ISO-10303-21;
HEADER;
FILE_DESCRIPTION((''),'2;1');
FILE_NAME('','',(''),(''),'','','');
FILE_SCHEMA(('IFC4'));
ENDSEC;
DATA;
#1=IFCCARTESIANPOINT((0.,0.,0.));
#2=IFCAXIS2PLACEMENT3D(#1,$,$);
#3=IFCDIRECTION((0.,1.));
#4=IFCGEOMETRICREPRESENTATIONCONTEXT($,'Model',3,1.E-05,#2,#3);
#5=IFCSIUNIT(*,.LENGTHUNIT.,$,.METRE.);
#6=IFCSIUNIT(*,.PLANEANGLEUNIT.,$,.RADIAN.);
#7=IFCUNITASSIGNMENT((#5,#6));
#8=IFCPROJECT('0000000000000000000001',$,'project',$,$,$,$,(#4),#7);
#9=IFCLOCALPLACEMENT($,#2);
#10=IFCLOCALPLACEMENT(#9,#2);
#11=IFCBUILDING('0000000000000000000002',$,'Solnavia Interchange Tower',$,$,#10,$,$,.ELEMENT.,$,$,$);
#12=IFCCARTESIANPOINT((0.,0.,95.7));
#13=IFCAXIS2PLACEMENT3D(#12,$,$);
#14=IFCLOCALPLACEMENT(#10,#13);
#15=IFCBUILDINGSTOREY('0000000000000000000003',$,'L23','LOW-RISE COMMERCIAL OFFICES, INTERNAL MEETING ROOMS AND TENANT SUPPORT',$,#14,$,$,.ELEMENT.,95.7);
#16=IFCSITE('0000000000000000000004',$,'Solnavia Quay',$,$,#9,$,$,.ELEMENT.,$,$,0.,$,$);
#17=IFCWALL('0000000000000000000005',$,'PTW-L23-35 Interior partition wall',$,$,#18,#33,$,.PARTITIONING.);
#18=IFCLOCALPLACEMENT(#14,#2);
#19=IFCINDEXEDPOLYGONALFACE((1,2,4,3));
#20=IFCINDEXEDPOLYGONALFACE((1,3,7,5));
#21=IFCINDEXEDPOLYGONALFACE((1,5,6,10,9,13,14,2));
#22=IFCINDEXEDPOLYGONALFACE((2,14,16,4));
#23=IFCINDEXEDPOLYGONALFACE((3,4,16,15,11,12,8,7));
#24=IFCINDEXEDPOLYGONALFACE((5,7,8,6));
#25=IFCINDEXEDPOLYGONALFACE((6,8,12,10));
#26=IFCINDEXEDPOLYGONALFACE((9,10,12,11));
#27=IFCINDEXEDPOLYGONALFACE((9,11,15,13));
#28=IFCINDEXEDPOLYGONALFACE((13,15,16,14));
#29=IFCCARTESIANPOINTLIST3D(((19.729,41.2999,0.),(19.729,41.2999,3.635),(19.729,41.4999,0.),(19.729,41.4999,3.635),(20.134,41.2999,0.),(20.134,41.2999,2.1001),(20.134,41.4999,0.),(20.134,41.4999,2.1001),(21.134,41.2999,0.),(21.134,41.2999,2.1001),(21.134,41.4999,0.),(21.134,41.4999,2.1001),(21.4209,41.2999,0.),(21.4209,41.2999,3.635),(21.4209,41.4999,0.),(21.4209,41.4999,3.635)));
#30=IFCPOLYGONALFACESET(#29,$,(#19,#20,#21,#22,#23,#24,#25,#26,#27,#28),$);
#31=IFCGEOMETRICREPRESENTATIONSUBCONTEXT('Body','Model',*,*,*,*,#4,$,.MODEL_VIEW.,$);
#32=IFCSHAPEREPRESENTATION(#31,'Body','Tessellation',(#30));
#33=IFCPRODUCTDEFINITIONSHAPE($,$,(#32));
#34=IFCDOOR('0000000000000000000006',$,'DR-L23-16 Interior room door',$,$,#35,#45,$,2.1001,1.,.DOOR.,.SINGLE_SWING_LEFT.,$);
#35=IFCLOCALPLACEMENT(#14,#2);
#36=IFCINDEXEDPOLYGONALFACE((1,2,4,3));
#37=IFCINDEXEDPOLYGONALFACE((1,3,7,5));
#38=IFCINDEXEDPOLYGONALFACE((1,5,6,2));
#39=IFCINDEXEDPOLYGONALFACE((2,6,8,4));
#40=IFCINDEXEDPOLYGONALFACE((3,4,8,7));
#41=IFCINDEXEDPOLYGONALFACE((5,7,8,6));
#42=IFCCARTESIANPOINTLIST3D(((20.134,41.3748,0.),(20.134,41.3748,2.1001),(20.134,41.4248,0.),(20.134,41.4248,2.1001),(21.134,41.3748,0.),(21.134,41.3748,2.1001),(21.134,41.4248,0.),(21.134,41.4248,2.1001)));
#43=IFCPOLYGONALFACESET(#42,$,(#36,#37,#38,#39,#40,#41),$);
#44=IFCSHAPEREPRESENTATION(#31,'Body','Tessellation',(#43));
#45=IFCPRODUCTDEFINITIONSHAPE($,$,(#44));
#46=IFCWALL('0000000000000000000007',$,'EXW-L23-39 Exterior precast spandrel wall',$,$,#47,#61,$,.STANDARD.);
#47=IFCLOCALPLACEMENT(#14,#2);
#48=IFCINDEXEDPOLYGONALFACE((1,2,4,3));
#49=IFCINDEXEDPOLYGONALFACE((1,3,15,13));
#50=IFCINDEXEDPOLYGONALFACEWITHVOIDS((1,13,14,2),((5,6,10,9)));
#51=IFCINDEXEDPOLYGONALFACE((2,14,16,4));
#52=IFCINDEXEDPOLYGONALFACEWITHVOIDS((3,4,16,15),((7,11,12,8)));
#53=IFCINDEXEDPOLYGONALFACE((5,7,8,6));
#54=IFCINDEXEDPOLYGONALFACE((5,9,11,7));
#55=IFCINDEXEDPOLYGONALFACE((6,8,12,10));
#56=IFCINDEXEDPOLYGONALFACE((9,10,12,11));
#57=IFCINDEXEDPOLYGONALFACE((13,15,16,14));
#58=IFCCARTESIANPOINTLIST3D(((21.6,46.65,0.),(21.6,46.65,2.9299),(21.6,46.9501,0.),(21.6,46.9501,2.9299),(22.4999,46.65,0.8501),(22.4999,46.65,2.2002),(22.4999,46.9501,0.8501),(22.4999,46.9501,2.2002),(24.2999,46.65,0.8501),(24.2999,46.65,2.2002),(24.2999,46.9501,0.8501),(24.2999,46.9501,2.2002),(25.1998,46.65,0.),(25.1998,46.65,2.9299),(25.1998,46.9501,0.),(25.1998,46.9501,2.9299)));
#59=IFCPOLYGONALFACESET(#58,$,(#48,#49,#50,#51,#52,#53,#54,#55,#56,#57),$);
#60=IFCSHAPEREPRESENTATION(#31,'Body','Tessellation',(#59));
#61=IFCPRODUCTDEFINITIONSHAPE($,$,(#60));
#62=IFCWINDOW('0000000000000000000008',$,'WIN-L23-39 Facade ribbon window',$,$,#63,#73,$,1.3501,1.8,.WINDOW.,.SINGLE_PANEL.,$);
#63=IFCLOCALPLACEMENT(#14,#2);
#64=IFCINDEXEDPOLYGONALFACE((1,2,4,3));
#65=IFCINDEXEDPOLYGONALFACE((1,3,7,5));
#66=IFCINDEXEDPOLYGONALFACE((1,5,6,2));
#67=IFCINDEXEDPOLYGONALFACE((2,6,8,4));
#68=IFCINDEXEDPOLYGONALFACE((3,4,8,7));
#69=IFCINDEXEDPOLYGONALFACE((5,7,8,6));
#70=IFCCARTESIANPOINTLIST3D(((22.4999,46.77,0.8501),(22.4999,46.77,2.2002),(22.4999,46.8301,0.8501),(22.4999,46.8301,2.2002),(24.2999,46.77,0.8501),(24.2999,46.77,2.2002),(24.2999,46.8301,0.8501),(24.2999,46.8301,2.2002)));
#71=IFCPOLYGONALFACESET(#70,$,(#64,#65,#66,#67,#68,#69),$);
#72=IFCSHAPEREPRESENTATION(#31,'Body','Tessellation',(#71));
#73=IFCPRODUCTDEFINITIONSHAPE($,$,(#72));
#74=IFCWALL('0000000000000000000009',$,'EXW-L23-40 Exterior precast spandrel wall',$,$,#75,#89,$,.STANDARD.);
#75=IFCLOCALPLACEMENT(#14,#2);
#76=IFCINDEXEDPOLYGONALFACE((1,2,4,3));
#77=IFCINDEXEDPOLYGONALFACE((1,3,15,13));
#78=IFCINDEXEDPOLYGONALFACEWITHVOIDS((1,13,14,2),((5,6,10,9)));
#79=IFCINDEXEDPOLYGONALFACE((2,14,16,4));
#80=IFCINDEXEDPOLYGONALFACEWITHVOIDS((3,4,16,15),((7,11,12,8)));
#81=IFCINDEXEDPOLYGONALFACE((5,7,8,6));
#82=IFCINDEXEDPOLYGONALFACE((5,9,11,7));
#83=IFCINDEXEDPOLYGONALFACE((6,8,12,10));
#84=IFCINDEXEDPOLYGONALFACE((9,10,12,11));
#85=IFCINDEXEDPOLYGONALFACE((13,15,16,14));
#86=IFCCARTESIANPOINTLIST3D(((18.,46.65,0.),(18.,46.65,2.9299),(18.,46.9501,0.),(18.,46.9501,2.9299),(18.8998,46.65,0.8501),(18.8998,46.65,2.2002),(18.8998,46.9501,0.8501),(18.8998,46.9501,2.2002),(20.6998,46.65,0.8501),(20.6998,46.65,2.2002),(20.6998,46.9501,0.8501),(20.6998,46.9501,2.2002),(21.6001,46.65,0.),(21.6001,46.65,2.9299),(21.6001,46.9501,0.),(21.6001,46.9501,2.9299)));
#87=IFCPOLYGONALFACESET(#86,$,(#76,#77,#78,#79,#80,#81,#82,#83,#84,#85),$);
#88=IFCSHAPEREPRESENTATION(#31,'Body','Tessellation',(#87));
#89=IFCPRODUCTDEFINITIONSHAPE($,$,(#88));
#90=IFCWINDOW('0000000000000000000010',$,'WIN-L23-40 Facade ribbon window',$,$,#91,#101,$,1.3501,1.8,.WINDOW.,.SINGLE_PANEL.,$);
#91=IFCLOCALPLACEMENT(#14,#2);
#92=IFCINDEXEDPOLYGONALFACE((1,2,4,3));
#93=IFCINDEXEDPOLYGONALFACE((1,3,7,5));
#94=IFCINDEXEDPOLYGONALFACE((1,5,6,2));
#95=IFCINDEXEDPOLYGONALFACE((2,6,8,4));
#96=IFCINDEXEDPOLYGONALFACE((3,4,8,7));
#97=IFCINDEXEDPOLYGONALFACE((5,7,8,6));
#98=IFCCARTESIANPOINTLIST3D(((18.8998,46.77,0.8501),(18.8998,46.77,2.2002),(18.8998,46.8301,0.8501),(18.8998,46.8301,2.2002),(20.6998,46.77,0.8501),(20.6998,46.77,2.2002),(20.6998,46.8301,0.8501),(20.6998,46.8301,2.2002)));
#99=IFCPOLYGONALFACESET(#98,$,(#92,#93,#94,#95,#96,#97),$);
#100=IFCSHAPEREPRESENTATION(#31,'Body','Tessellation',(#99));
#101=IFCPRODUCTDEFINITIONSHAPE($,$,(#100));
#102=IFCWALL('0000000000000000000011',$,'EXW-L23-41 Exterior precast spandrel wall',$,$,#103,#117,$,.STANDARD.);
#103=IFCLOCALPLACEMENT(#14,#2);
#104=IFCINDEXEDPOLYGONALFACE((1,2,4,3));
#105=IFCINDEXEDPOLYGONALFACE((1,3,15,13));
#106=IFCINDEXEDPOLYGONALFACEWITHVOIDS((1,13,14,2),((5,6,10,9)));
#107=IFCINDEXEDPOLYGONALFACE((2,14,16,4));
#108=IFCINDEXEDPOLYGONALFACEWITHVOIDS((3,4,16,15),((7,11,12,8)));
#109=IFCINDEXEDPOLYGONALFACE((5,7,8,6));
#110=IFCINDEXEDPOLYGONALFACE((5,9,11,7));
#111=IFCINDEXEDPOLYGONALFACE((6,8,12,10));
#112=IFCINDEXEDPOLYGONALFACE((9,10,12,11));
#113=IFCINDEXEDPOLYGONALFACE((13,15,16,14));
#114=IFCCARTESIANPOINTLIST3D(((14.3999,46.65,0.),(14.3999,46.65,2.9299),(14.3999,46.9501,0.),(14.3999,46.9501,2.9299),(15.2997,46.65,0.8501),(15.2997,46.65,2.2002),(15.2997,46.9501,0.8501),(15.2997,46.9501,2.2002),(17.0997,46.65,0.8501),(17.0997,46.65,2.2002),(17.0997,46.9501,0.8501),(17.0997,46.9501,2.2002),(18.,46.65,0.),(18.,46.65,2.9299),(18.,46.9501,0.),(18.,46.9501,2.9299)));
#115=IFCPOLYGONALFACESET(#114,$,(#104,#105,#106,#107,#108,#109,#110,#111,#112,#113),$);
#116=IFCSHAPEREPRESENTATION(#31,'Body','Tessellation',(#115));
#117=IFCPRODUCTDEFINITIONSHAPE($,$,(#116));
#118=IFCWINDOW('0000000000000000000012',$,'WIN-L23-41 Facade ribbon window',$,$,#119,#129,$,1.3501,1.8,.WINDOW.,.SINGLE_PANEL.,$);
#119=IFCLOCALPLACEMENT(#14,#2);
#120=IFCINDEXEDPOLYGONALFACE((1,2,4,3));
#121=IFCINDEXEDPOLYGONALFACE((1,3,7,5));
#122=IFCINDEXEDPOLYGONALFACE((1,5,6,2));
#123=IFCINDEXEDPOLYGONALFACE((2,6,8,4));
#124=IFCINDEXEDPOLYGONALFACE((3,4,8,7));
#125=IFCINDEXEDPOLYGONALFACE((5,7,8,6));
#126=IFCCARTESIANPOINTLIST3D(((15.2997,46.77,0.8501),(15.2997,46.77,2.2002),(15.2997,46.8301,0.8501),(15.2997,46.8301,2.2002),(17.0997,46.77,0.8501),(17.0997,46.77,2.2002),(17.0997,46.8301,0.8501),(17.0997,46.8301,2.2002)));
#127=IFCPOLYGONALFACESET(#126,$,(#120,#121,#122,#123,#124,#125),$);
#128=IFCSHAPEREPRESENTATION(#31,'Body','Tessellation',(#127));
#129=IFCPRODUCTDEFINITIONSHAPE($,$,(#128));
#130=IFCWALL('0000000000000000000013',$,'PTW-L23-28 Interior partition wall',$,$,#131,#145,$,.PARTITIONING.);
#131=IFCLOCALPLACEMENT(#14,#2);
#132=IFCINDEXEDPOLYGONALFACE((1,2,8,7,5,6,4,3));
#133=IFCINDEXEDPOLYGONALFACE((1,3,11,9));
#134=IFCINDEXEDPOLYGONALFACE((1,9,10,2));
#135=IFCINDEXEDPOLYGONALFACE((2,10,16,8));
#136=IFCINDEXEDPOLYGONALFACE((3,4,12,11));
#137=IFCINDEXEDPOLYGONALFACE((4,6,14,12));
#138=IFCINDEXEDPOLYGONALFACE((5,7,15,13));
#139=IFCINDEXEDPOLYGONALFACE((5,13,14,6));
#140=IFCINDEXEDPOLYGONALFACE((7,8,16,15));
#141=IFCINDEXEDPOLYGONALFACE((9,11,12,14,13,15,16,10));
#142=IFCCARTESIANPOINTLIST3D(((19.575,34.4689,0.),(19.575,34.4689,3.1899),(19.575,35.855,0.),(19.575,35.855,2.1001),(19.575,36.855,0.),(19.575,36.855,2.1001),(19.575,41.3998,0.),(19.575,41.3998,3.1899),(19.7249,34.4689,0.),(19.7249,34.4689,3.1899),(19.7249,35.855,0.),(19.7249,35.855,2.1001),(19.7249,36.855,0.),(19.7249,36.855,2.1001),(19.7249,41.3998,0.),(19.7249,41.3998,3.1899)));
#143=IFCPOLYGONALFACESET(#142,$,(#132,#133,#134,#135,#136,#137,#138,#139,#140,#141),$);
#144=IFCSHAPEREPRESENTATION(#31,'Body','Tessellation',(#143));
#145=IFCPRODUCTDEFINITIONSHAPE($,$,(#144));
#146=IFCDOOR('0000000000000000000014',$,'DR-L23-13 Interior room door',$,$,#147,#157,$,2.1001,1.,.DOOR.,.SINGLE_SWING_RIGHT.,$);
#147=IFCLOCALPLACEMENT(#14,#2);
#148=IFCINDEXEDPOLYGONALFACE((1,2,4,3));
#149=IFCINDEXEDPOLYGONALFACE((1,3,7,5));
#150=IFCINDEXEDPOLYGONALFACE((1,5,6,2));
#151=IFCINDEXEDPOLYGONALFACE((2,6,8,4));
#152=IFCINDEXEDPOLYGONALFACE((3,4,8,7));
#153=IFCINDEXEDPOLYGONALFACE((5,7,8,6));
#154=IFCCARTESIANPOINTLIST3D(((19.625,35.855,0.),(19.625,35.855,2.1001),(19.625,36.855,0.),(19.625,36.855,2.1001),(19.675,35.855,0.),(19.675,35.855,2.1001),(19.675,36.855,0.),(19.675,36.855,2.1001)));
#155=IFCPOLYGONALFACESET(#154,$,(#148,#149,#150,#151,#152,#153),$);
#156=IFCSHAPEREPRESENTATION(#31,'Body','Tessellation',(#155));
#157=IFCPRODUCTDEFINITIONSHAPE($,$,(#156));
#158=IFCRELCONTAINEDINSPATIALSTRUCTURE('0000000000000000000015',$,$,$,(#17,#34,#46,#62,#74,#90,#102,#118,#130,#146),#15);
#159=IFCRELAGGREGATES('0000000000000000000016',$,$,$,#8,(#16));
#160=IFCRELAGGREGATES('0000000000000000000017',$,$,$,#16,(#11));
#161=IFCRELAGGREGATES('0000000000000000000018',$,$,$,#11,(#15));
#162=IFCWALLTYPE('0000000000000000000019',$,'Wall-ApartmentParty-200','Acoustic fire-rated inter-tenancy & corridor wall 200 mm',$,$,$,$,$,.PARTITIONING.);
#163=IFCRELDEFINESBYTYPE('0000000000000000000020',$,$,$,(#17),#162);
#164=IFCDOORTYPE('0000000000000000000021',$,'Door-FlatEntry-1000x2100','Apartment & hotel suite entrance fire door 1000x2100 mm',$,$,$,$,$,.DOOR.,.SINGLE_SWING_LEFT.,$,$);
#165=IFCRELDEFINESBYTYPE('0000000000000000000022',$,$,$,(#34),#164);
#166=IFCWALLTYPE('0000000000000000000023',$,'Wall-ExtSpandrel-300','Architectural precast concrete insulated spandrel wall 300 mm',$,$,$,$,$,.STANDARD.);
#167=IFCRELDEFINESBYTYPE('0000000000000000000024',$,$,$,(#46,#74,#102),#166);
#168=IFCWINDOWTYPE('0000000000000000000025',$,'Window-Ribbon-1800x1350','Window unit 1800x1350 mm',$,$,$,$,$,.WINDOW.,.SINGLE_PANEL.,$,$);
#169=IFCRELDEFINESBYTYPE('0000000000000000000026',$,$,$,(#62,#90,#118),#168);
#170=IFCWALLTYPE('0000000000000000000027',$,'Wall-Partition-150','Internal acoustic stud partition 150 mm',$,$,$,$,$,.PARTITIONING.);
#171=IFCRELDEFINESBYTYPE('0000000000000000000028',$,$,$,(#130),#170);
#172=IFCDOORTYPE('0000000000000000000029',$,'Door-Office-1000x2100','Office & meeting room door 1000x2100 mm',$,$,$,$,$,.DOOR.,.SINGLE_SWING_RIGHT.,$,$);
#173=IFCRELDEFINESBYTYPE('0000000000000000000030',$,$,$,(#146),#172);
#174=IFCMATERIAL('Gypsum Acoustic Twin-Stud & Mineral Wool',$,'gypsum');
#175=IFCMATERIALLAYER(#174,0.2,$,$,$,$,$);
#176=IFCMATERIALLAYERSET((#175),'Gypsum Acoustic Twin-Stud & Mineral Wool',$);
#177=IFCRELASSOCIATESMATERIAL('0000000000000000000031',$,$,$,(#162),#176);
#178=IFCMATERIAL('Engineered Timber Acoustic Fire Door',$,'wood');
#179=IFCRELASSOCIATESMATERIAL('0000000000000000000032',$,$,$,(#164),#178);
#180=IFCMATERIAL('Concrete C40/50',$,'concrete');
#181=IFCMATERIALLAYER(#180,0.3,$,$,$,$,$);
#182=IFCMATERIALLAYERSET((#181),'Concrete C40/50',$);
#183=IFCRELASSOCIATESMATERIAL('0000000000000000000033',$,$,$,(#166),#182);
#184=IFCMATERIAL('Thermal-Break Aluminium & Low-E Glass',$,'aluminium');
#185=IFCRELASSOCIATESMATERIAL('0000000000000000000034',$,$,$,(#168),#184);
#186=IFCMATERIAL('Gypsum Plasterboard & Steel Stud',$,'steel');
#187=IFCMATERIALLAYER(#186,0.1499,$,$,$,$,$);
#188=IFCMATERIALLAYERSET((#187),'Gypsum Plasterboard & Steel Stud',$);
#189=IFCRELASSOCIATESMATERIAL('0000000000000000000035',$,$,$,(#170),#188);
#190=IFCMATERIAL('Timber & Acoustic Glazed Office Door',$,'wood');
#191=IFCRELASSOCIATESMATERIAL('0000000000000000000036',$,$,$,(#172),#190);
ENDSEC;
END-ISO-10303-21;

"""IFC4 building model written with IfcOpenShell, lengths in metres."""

from ifc_helpers import new_model, si_unit, direction, frame, frame_2d, origin, place, context, subcontext, project, spatial, rectangle, extrude, material, layer, layer_set, type_object, element, fill, save


model = new_model("IFC4")

# Units and contexts
model_context = context("Model", 3, precision=1e-05, world=origin(), true_north=direction((0.0, 1.0)))
body_context = subcontext(model_context, "Body", "Model", "MODEL_VIEW")
ifc_project = project(units=[si_unit("LENGTHUNIT", "METRE"), si_unit("PLANEANGLEUNIT", "RADIAN")], contexts=[model_context])

# Site, building, storey
site_placement = place(None, origin())
site = spatial("IfcSite", under=ifc_project, at=site_placement, Name="Solnavia Quay", CompositionType="ELEMENT", RefElevation=0.0)
building_placement = place(site_placement, origin())
building = spatial("IfcBuilding", under=site, at=building_placement, Name="Solnavia Interchange Tower", CompositionType="ELEMENT")
storey_placement = place(building_placement, frame((0.0, 0.0, 95.7)))
storey = spatial("IfcBuildingStorey", under=building, at=storey_placement, Name="L23", Description="LOW-RISE COMMERCIAL OFFICES, INTERNAL MEETING ROOMS AND TENANT SUPPORT", CompositionType="ELEMENT", Elevation=95.7)

# Shared definitions
ifc_material_1 = material(Name="Gypsum Acoustic Twin-Stud & Mineral Wool", Category="gypsum")
ifc_layer_1 = layer(ifc_material_1, 0.2)
ifc_layer_set_1 = layer_set([ifc_layer_1], Name="Gypsum Acoustic Twin-Stud & Mineral Wool")
wall_type_1 = type_object("IfcWallType", Name="Wall-ApartmentParty-200", Description="Acoustic fire-rated inter-tenancy & corridor wall 200 mm", PredefinedType="PARTITIONING", material=ifc_layer_set_1)

# Wall, opening, door
wall_1_placement = place(storey_placement, frame((19.729, 41.3999, 0.0), z_axis=(0.0, 0.0, 1.0), x_axis=(1.0, 0.0, 0.0)))
wall_1 = element("IfcWall", 1, at=wall_1_placement, inside=storey, type_object=wall_type_1, Name="PTW-L23-35 Interior partition wall", PredefinedType="PARTITIONING", context=body_context, shape_type="SweptSolid", body=[
    extrude(rectangle(XDim=1.6919, YDim=0.2, at=frame_2d((0.8459, 0.0))), origin(), (0.0, 0.0, 1.0), 3.635),
])
opening_1_placement = place(wall_1_placement, frame((0.405, 0.0, 0.0)))
opening_1 = element("IfcOpeningElement", 2, at=opening_1_placement, cuts=wall_1, PredefinedType="OPENING", context=body_context, shape_type="SweptSolid", body=[
    extrude(rectangle(XDim=1.0, YDim=2.1001, at=frame_2d((0.5, 1.05))), frame((0.0, 0.1099, 0.0), z_axis=(0.0, -1.0, 0.0), x_axis=(1.0, 0.0, 0.0)), (0.0, 0.0, 1.0), 0.22),
])
ifc_material_2 = material(Name="Engineered Timber Acoustic Fire Door", Category="wood")
door_type_1 = type_object("IfcDoorType", Name="Door-FlatEntry-1000x2100", Description="Apartment & hotel suite entrance fire door 1000x2100 mm", OperationType="SINGLE_SWING_LEFT", PredefinedType="DOOR", material=ifc_material_2)
door_1_placement = place(opening_1_placement, origin())
door_1 = element("IfcDoor", 3, at=door_1_placement, inside=storey, type_object=door_type_1, Name="DR-L23-16 Interior room door", OperationType="SINGLE_SWING_LEFT", OverallHeight=2.1001, OverallWidth=1.0, PredefinedType="DOOR", context=body_context, shape_type="SweptSolid", body=[
    extrude(rectangle(XDim=1.0, YDim=2.1001, at=frame_2d((0.5, 1.05))), frame((0.0, 0.0249, 0.0), z_axis=(0.0, -1.0, 0.0), x_axis=(1.0, 0.0, 0.0)), (0.0, 0.0, 1.0), 0.05),
])
fill(opening_1, door_1)

# Walls, openings, windows
ifc_material_3 = material(Name="Concrete C40/50", Category="concrete")
ifc_layer_2 = layer(ifc_material_3, 0.3)
ifc_layer_set_2 = layer_set([ifc_layer_2], Name="Concrete C40/50")
wall_type_2 = type_object("IfcWallType", Name="Wall-ExtSpandrel-300", Description="Architectural precast concrete insulated spandrel wall 300 mm", PredefinedType="STANDARD", material=ifc_layer_set_2)
wall_2_placement = place(storey_placement, frame((21.6001, 46.8, 0.0), z_axis=(0.0, 0.0, 1.0), x_axis=(1.0, 0.0, 0.0)))
wall_2 = element("IfcWall", 4, at=wall_2_placement, inside=storey, type_object=wall_type_2, Name="EXW-L23-39 Exterior precast spandrel wall", PredefinedType="STANDARD", context=body_context, shape_type="SweptSolid", body=[
    extrude(rectangle(XDim=3.5999, YDim=0.3, at=frame_2d((1.7998, 0.0))), origin(), (0.0, 0.0, 1.0), 2.9299),
])
opening_2_placement = place(wall_2_placement, frame((0.8999, 0.0, 0.8501)))
opening_2 = element("IfcOpeningElement", 5, at=opening_2_placement, cuts=wall_2, PredefinedType="OPENING", context=body_context, shape_type="SweptSolid", body=[
    extrude(rectangle(XDim=1.8, YDim=1.3501, at=frame_2d((0.8999, 0.675))), frame((0.0, 0.1602, 0.0), z_axis=(0.0, -1.0, 0.0), x_axis=(1.0, 0.0, 0.0)), (0.0, 0.0, 1.0), 0.3201),
])
ifc_material_4 = material(Name="Thermal-Break Aluminium & Low-E Glass", Category="aluminium")
window_type = type_object("IfcWindowType", Name="Window-Ribbon-1800x1350", Description="Window unit 1800x1350 mm", PartitioningType="SINGLE_PANEL", PredefinedType="WINDOW", material=ifc_material_4)
window_1_placement = place(opening_2_placement, origin())
window_1 = element("IfcWindow", 6, at=window_1_placement, inside=storey, type_object=window_type, Name="WIN-L23-39 Facade ribbon window", OverallHeight=1.3501, OverallWidth=1.8, PartitioningType="SINGLE_PANEL", PredefinedType="WINDOW", context=body_context, shape_type="SweptSolid", body=[
    extrude(rectangle(XDim=1.8, YDim=1.3501, at=frame_2d((0.8999, 0.675))), frame((0.0, 0.03, 0.0), z_axis=(0.0, -1.0, 0.0), x_axis=(1.0, 0.0, 0.0)), (0.0, 0.0, 1.0), 0.0601),
])
fill(opening_2, window_1)
wall_3_placement = place(storey_placement, frame((18.0, 46.8, 0.0), z_axis=(0.0, 0.0, 1.0), x_axis=(1.0, 0.0, 0.0)))
wall_3 = element("IfcWall", 7, at=wall_3_placement, inside=storey, type_object=wall_type_2, Name="EXW-L23-40 Exterior precast spandrel wall", PredefinedType="STANDARD", context=body_context, shape_type="SweptSolid", body=[
    extrude(rectangle(XDim=3.6001, YDim=0.3, at=frame_2d((1.8, 0.0))), origin(), (0.0, 0.0, 1.0), 2.9299),
])
opening_3_placement = place(wall_3_placement, frame((0.8999, 0.0, 0.8501)))
opening_3 = element("IfcOpeningElement", 8, at=opening_3_placement, cuts=wall_3, PredefinedType="OPENING", context=body_context, shape_type="SweptSolid", body=[
    extrude(rectangle(XDim=1.8, YDim=1.3501, at=frame_2d((0.8999, 0.675))), frame((0.0, 0.1602, 0.0), z_axis=(0.0, -1.0, 0.0), x_axis=(1.0, 0.0, 0.0)), (0.0, 0.0, 1.0), 0.3201),
])
window_2_placement = place(opening_3_placement, origin())
window_2 = element("IfcWindow", 9, at=window_2_placement, inside=storey, type_object=window_type, Name="WIN-L23-40 Facade ribbon window", OverallHeight=1.3501, OverallWidth=1.8, PartitioningType="SINGLE_PANEL", PredefinedType="WINDOW", context=body_context, shape_type="SweptSolid", body=[
    extrude(rectangle(XDim=1.8, YDim=1.3501, at=frame_2d((0.8999, 0.675))), frame((0.0, 0.03, 0.0), z_axis=(0.0, -1.0, 0.0), x_axis=(1.0, 0.0, 0.0)), (0.0, 0.0, 1.0), 0.0601),
])
fill(opening_3, window_2)
wall_4_placement = place(storey_placement, frame((14.3999, 46.8, 0.0), z_axis=(0.0, 0.0, 1.0), x_axis=(1.0, 0.0, 0.0)))
wall_4 = element("IfcWall", 10, at=wall_4_placement, inside=storey, type_object=wall_type_2, Name="EXW-L23-41 Exterior precast spandrel wall", PredefinedType="STANDARD", context=body_context, shape_type="SweptSolid", body=[
    extrude(rectangle(XDim=3.6001, YDim=0.3, at=frame_2d((1.8, 0.0))), origin(), (0.0, 0.0, 1.0), 2.9299),
])
opening_4_placement = place(wall_4_placement, frame((0.8999, 0.0, 0.8501)))
opening_4 = element("IfcOpeningElement", 11, at=opening_4_placement, cuts=wall_4, PredefinedType="OPENING", context=body_context, shape_type="SweptSolid", body=[
    extrude(rectangle(XDim=1.8, YDim=1.3501, at=frame_2d((0.8999, 0.675))), frame((0.0, 0.1602, 0.0), z_axis=(0.0, -1.0, 0.0), x_axis=(1.0, 0.0, 0.0)), (0.0, 0.0, 1.0), 0.3201),
])
window_3_placement = place(opening_4_placement, origin())
window_3 = element("IfcWindow", 12, at=window_3_placement, inside=storey, type_object=window_type, Name="WIN-L23-41 Facade ribbon window", OverallHeight=1.3501, OverallWidth=1.8, PartitioningType="SINGLE_PANEL", PredefinedType="WINDOW", context=body_context, shape_type="SweptSolid", body=[
    extrude(rectangle(XDim=1.8, YDim=1.3501, at=frame_2d((0.8999, 0.675))), frame((0.0, 0.03, 0.0), z_axis=(0.0, -1.0, 0.0), x_axis=(1.0, 0.0, 0.0)), (0.0, 0.0, 1.0), 0.0601),
])
fill(opening_4, window_3)

# Wall, opening, door
ifc_material_5 = material(Name="Gypsum Plasterboard & Steel Stud", Category="steel")
ifc_layer_3 = layer(ifc_material_5, 0.1499)
ifc_layer_set_3 = layer_set([ifc_layer_3], Name="Gypsum Plasterboard & Steel Stud")
wall_type_3 = type_object("IfcWallType", Name="Wall-Partition-150", Description="Internal acoustic stud partition 150 mm", PredefinedType="PARTITIONING", material=ifc_layer_set_3)
wall_5_placement = place(storey_placement, frame((19.6499, 34.469, 0.0), z_axis=(0.0, 0.0, 1.0), x_axis=(0.0, 1.0, 0.0)))
wall_5 = element("IfcWall", 13, at=wall_5_placement, inside=storey, type_object=wall_type_3, Name="PTW-L23-28 Interior partition wall", PredefinedType="PARTITIONING", context=body_context, shape_type="SweptSolid", body=[
    extrude(rectangle(XDim=6.9309, YDim=0.1499, at=frame_2d((3.4653, 0.0))), origin(), (0.0, 0.0, 1.0), 3.1899),
])
opening_5_placement = place(wall_5_placement, frame((1.386, 0.0, 0.0)))
opening_5 = element("IfcOpeningElement", 14, at=opening_5_placement, cuts=wall_5, PredefinedType="OPENING", context=body_context, shape_type="SweptSolid", body=[
    extrude(rectangle(XDim=1.0, YDim=2.1001, at=frame_2d((0.5, 1.05))), frame((0.0, 0.085, 0.0), z_axis=(0.0, -1.0, 0.0), x_axis=(1.0, 0.0, 0.0)), (0.0, 0.0, 1.0), 0.1699),
])
ifc_material_6 = material(Name="Timber & Acoustic Glazed Office Door", Category="wood")
door_type_2 = type_object("IfcDoorType", Name="Door-Office-1000x2100", Description="Office & meeting room door 1000x2100 mm", OperationType="SINGLE_SWING_RIGHT", PredefinedType="DOOR", material=ifc_material_6)
door_2_placement = place(opening_5_placement, origin())
door_2 = element("IfcDoor", 15, at=door_2_placement, inside=storey, type_object=door_type_2, Name="DR-L23-13 Interior room door", OperationType="SINGLE_SWING_RIGHT", OverallHeight=2.1001, OverallWidth=1.0, PredefinedType="DOOR", context=body_context, shape_type="SweptSolid", body=[
    extrude(rectangle(XDim=1.0, YDim=2.1001, at=frame_2d((0.5, 1.05))), frame((0.0, 0.0249, 0.0), z_axis=(0.0, -1.0, 0.0), x_axis=(1.0, 0.0, 0.0)), (0.0, 0.0, 1.0), 0.05),
])
fill(opening_5, door_2)

save(model, "model.ifc")
